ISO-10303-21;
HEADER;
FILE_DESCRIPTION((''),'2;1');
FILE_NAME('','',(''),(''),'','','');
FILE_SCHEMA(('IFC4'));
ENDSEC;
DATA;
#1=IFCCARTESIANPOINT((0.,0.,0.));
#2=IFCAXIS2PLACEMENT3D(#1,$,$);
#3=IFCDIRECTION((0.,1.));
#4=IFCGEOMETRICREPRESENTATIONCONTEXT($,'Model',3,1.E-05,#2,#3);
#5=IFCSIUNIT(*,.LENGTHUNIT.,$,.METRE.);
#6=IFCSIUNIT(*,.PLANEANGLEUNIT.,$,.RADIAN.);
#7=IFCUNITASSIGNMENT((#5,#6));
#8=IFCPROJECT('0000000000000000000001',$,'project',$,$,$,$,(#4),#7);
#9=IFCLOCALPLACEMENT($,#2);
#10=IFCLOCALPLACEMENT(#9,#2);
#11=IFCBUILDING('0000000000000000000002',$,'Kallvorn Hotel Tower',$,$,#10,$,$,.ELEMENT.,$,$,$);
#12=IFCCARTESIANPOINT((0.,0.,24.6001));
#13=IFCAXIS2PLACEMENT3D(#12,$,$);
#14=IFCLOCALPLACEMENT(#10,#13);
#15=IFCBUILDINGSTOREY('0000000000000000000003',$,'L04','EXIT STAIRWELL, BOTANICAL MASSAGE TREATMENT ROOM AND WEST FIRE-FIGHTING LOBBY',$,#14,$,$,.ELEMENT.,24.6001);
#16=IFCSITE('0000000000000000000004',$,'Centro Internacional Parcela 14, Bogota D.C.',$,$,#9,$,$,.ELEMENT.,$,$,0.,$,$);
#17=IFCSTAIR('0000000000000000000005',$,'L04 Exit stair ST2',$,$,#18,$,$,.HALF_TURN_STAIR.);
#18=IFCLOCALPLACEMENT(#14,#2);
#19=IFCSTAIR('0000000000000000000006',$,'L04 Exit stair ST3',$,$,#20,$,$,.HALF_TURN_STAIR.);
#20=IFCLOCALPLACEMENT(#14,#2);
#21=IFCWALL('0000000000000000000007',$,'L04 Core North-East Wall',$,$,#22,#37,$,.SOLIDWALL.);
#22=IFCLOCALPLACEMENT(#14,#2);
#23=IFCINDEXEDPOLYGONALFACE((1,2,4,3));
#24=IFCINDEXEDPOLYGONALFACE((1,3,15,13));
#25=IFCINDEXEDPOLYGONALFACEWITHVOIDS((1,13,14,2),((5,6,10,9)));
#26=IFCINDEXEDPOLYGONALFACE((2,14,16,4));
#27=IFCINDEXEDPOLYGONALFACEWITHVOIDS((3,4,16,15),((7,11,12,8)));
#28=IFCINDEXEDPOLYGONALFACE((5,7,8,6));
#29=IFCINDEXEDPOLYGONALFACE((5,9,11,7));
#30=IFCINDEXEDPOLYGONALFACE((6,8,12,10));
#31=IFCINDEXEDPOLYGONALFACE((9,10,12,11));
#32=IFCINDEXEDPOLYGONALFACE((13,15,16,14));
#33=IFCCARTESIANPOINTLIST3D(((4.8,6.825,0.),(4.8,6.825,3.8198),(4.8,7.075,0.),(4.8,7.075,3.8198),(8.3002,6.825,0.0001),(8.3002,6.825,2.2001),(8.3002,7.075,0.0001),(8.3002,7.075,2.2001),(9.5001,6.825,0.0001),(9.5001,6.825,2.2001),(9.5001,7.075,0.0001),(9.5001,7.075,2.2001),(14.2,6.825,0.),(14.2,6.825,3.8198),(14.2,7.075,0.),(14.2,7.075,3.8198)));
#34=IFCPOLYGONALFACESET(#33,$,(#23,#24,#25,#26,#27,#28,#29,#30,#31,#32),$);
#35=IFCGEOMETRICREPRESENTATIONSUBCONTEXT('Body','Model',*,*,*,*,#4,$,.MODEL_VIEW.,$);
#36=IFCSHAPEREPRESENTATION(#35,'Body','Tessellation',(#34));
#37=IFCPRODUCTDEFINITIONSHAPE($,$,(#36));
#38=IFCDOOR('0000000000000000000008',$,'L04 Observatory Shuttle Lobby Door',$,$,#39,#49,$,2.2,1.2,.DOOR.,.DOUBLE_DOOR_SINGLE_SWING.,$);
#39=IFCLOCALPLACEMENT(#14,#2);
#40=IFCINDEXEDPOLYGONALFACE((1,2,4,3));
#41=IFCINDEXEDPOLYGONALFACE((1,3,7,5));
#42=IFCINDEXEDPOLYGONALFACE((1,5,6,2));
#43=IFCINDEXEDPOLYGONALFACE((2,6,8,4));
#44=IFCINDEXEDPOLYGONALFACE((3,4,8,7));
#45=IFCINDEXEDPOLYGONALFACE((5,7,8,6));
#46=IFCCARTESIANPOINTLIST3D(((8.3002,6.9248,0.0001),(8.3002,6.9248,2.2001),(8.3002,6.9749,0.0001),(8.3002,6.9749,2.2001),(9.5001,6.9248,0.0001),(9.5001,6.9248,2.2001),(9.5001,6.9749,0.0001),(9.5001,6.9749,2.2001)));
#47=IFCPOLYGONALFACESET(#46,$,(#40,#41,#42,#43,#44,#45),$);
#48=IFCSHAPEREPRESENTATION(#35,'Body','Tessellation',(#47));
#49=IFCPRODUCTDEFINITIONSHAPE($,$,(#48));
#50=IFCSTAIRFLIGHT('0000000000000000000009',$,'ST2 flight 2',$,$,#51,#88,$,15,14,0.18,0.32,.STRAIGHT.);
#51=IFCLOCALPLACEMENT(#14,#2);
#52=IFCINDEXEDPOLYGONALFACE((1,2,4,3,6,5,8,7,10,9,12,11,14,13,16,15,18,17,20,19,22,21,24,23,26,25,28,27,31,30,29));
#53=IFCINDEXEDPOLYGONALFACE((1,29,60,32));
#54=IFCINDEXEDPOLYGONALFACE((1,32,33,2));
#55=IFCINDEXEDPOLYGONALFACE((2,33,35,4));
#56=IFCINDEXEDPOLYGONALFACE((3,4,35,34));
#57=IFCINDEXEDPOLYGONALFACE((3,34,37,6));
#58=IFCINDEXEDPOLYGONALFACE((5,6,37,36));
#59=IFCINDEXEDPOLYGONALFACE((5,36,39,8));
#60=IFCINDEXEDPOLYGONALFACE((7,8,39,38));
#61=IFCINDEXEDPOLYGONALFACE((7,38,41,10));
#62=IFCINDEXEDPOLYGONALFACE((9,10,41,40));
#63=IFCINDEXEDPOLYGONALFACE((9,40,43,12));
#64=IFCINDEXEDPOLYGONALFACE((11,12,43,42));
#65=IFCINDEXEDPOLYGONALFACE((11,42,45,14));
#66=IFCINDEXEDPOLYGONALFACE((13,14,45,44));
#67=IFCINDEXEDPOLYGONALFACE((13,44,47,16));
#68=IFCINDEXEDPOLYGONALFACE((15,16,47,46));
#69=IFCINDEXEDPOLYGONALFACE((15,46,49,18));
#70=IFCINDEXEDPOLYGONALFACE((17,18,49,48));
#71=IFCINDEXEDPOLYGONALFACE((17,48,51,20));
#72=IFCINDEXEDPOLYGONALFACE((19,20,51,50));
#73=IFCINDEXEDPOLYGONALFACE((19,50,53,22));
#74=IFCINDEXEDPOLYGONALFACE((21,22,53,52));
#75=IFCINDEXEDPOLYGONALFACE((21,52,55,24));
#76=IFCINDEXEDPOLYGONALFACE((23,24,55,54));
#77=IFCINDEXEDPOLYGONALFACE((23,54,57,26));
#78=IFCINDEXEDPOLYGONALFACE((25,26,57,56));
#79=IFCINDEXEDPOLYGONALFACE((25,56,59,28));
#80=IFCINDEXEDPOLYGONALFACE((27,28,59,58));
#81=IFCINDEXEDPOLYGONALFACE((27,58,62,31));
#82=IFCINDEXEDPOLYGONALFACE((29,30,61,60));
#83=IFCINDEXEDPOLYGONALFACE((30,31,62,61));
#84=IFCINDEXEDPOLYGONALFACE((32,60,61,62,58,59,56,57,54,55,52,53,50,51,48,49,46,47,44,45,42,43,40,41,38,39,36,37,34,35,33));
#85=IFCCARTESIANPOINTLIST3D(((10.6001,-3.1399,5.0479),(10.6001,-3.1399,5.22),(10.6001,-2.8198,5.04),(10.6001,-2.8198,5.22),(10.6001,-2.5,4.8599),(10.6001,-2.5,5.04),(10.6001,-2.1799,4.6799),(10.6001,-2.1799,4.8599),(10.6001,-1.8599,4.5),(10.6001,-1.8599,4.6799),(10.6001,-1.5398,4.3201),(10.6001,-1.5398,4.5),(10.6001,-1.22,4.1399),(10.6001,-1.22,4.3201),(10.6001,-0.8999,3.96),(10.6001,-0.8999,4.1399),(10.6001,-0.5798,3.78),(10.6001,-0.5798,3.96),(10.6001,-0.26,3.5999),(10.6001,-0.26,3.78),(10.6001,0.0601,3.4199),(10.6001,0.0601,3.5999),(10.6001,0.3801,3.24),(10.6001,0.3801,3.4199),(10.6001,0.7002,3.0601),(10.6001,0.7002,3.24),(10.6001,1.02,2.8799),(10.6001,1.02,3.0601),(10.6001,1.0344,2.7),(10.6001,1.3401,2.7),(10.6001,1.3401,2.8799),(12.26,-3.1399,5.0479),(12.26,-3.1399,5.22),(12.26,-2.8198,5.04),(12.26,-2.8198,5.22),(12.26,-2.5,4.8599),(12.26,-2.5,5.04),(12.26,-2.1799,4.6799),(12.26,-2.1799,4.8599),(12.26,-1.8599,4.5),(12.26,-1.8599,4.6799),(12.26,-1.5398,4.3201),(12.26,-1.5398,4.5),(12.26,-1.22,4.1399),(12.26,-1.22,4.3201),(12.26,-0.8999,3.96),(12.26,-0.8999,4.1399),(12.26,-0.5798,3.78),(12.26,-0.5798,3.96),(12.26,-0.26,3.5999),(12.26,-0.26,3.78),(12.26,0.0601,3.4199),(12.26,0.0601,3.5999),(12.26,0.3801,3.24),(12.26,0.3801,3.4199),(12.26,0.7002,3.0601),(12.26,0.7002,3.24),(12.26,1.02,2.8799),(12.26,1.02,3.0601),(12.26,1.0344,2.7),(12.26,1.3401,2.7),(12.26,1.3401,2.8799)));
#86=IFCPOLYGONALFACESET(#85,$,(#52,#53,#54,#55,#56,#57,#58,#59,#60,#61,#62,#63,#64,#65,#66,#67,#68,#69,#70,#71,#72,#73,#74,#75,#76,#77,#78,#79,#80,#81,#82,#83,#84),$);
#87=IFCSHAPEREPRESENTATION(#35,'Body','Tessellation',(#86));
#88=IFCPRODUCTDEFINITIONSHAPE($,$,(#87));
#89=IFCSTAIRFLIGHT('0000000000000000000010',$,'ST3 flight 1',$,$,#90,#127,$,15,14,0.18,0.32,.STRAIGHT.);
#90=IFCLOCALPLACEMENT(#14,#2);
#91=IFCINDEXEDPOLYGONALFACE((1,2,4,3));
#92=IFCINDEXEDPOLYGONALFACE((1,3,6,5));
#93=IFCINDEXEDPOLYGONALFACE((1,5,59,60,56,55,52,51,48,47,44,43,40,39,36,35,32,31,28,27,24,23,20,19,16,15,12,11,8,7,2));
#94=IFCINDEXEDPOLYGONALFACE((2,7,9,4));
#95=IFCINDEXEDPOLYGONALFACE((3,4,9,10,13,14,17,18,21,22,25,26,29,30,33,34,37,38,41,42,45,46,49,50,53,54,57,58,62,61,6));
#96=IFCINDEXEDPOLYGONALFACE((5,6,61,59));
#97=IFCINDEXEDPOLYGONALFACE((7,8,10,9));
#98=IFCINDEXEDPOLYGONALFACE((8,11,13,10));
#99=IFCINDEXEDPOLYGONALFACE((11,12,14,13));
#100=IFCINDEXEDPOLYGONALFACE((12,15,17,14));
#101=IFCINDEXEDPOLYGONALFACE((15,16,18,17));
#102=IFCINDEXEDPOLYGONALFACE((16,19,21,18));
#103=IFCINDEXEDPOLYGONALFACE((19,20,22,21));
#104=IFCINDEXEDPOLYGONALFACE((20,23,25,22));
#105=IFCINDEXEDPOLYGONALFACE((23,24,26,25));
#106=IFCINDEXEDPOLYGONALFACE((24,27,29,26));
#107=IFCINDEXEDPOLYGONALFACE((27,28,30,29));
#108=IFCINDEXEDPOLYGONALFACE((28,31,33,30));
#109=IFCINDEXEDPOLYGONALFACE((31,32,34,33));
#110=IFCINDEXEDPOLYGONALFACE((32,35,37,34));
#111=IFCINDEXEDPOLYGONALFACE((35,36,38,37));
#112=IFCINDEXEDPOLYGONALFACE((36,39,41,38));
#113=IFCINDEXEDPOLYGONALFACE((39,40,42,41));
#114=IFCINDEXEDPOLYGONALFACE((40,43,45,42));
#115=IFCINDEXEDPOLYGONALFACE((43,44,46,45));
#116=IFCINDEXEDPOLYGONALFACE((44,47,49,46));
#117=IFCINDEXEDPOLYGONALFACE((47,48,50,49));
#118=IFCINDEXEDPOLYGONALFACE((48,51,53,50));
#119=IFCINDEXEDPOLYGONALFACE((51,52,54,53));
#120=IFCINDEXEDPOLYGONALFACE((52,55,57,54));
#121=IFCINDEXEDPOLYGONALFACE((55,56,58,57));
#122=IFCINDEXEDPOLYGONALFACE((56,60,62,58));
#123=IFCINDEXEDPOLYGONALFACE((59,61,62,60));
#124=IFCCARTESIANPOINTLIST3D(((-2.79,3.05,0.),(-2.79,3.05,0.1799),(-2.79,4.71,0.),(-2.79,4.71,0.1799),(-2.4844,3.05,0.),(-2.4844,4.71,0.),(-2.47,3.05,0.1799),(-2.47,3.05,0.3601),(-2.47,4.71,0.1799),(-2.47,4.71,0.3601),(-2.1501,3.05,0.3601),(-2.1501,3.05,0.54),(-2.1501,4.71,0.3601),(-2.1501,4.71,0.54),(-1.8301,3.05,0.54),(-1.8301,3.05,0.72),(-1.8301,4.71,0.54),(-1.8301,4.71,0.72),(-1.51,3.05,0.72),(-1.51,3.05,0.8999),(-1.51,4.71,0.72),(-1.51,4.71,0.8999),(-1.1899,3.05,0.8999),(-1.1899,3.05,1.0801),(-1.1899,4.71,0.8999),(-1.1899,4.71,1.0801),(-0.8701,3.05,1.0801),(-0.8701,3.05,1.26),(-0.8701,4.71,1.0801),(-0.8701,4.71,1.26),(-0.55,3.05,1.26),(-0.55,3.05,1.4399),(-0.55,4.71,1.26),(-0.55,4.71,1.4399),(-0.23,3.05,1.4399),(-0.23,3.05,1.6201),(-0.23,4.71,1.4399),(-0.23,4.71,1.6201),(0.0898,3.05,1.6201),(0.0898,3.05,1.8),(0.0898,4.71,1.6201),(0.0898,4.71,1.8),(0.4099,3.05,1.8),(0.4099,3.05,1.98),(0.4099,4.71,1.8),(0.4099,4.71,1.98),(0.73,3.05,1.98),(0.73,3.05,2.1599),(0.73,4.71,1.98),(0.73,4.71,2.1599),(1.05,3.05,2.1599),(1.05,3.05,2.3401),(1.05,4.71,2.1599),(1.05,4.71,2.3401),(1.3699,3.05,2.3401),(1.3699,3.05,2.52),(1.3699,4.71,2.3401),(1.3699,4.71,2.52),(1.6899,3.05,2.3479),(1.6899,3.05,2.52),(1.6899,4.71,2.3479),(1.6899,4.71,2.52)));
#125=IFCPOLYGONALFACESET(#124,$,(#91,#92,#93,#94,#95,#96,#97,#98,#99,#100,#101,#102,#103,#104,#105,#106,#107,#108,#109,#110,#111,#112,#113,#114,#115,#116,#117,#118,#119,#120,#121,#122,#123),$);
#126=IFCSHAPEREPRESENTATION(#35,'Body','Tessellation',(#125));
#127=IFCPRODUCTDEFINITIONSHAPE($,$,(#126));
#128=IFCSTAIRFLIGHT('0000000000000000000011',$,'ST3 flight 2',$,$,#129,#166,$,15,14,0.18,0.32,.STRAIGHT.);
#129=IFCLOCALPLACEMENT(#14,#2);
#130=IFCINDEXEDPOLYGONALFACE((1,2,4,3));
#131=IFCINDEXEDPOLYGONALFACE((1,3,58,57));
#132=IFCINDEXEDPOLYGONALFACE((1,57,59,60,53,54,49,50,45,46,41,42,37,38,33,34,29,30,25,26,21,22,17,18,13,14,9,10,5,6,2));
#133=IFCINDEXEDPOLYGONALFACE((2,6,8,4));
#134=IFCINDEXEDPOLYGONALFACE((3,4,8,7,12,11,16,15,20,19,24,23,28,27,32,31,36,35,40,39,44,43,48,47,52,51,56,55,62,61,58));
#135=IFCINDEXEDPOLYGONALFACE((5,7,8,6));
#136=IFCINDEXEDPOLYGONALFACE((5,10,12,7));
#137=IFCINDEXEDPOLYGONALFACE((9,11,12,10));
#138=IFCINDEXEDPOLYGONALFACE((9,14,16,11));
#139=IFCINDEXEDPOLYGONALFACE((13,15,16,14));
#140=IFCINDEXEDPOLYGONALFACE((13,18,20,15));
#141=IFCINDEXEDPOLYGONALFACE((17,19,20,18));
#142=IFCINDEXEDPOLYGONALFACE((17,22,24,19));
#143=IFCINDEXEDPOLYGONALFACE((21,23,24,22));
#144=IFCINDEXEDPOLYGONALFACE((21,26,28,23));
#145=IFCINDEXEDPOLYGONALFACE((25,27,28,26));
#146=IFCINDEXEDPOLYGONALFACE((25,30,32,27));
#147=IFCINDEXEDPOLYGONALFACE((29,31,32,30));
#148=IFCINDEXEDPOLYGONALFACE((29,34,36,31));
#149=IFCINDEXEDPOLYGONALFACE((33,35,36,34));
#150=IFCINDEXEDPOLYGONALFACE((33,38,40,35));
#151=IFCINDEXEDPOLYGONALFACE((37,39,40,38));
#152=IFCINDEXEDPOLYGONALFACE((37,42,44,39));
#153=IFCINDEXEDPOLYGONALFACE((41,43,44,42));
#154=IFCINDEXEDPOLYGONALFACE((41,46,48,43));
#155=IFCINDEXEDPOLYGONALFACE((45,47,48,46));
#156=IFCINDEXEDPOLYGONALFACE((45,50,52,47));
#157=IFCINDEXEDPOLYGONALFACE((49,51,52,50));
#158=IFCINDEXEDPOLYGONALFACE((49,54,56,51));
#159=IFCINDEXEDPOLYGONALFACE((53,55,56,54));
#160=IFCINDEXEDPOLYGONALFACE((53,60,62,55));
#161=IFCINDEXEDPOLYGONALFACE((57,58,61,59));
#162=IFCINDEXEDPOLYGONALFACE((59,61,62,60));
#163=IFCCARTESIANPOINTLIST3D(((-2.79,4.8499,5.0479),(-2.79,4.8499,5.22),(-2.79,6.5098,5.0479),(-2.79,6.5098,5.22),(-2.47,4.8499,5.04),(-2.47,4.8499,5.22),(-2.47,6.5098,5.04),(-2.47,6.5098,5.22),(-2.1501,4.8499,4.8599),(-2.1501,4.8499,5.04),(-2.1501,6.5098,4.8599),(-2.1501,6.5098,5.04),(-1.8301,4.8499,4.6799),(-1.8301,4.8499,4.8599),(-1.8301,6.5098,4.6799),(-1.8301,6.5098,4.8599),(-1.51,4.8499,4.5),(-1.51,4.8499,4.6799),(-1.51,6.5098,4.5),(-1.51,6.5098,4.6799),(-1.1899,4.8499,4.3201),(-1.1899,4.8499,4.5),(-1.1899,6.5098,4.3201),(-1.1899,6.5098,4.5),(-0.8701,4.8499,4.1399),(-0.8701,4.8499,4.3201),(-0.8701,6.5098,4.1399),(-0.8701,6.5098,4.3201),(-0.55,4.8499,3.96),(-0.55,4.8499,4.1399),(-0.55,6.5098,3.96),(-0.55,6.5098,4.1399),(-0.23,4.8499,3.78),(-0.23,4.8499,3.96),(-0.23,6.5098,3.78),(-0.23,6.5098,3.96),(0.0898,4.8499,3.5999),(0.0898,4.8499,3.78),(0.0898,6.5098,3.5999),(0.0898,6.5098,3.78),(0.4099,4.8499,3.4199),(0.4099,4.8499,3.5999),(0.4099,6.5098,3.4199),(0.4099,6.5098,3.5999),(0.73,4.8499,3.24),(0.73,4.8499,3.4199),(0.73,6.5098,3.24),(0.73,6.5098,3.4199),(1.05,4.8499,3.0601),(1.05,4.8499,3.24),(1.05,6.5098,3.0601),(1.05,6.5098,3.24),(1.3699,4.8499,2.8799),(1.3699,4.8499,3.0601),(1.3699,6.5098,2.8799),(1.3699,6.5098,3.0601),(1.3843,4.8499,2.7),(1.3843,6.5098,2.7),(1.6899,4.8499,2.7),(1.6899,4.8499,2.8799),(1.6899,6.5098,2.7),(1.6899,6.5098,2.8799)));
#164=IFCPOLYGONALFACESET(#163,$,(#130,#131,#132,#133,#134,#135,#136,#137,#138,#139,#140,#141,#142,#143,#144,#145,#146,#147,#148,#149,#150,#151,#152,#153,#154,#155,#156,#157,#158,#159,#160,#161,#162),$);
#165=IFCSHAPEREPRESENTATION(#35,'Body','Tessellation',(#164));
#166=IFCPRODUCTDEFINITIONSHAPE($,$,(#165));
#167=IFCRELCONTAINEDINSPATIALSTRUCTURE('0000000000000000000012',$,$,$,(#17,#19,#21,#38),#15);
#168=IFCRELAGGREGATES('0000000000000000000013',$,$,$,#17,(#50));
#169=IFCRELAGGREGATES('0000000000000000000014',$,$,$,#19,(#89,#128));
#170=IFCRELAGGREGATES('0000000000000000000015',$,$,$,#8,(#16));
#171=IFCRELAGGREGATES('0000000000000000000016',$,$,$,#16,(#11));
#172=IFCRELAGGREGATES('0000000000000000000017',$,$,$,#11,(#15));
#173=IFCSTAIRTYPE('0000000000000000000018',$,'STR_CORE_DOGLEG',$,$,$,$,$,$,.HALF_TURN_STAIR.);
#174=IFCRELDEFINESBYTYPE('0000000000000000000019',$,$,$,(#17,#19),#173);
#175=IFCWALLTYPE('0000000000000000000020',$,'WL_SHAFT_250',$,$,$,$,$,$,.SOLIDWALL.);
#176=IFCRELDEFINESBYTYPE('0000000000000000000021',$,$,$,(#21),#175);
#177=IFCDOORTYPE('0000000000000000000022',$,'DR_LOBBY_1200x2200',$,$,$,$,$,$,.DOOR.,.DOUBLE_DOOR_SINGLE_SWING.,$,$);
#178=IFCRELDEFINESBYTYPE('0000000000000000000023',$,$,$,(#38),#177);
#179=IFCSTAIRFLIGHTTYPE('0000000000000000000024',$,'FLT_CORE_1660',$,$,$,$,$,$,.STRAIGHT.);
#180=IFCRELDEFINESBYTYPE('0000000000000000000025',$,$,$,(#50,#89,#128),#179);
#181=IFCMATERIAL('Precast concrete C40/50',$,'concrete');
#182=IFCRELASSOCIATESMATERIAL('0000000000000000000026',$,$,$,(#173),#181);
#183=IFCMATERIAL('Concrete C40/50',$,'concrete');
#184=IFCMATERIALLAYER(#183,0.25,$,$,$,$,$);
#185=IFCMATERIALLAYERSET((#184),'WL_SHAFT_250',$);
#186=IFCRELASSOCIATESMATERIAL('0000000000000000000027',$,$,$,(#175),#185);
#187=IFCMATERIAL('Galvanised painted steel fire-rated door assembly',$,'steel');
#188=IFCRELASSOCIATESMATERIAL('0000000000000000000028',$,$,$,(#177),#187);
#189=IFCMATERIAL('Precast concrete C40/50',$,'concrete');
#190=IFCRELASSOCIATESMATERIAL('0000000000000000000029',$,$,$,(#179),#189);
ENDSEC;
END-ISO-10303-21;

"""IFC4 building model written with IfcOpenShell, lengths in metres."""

from ifc_helpers import new_model, si_unit, direction, frame, frame_2d, origin, place, context, subcontext, project, spatial, polyline, rectangle, outline, extrude, material, layer, layer_set, type_object, element, fill, aggregate, save


model = new_model("IFC4")

# Units and contexts
model_context = context("Model", 3, precision=1e-05, world=origin(), true_north=direction((0.0, 1.0)))
body_context = subcontext(model_context, "Body", "Model", "MODEL_VIEW")
ifc_project = project(units=[si_unit("LENGTHUNIT", "METRE"), si_unit("PLANEANGLEUNIT", "RADIAN")], contexts=[model_context])

# Site, building, storey
site_placement = place(None, origin())
site = spatial("IfcSite", under=ifc_project, at=site_placement, Name="Centro Internacional Parcela 14, Bogota D.C.", CompositionType="ELEMENT", RefElevation=0.0)
building_placement = place(site_placement, origin())
building = spatial("IfcBuilding", under=site, at=building_placement, Name="Kallvorn Hotel Tower", CompositionType="ELEMENT")
storey_placement = place(building_placement, frame((0.0, 0.0, 24.6001)))
storey = spatial("IfcBuildingStorey", under=building, at=storey_placement, Name="L04", Description="EXIT STAIRWELL, BOTANICAL MASSAGE TREATMENT ROOM AND WEST FIRE-FIGHTING LOBBY", CompositionType="ELEMENT", Elevation=24.6001)

# Stairs
ifc_material_1 = material(Name="Precast concrete C40/50", Category="concrete")
stair_type = type_object("IfcStairType", Name="STR_CORE_DOGLEG", PredefinedType="HALF_TURN_STAIR", material=ifc_material_1)
stair_1_placement = place(storey_placement, origin())
stair_1 = element("IfcStair", 1, at=stair_1_placement, inside=storey, type_object=stair_type, Name="L04 Exit stair ST2", PredefinedType="HALF_TURN_STAIR")
stair_2_placement = place(storey_placement, origin())
stair_2 = element("IfcStair", 2, at=stair_2_placement, inside=storey, type_object=stair_type, Name="L04 Exit stair ST3", PredefinedType="HALF_TURN_STAIR")

# Wall, opening, door
ifc_material_2 = material(Name="Concrete C40/50", Category="concrete")
ifc_layer_1 = layer(ifc_material_2, 0.25)
ifc_layer_set_1 = layer_set([ifc_layer_1], Name="WL_SHAFT_250")
wall_type_1 = type_object("IfcWallType", Name="WL_SHAFT_250", PredefinedType="SOLIDWALL", material=ifc_layer_set_1)
wall_1_placement = place(storey_placement, frame((4.8, 6.95, 0.0), z_axis=(0.0, 0.0, 1.0), x_axis=(1.0, 0.0, 0.0)))
wall_1 = element("IfcWall", 3, at=wall_1_placement, inside=storey, type_object=wall_type_1, Name="L04 Core North-East Wall", PredefinedType="SOLIDWALL", context=body_context, shape_type="SweptSolid", body=[
    extrude(rectangle(XDim=9.3999, YDim=0.25, at=frame_2d((4.7, 0.0))), origin(), (0.0, 0.0, 1.0), 3.8198),
])
opening_placement = place(wall_1_placement, frame((3.5, 0.0, 0.0)))
opening = element("IfcOpeningElement", 4, at=opening_placement, cuts=wall_1, PredefinedType="OPENING", context=body_context, shape_type="SweptSolid", body=[
    extrude(rectangle(XDim=1.2, YDim=2.2, at=frame_2d((0.6001, 1.1001))), frame((0.0, 0.1399, 0.0), z_axis=(0.0, -1.0, 0.0), x_axis=(1.0, 0.0, 0.0)), (0.0, 0.0, 1.0), 0.28),
])
ifc_material_3 = material(Name="Galvanised painted steel fire-rated door assembly", Category="steel")
door_type = type_object("IfcDoorType", Name="DR_LOBBY_1200x2200", OperationType="DOUBLE_DOOR_SINGLE_SWING", PredefinedType="DOOR", material=ifc_material_3)
door_placement = place(opening_placement, origin())
door = element("IfcDoor", 5, at=door_placement, inside=storey, type_object=door_type, Name="L04 Observatory Shuttle Lobby Door", OperationType="DOUBLE_DOOR_SINGLE_SWING", OverallHeight=2.2, OverallWidth=1.2, PredefinedType="DOOR", context=body_context, shape_type="SweptSolid", body=[
    extrude(rectangle(XDim=1.2, YDim=2.2, at=frame_2d((0.6001, 1.1001))), frame((0.0, 0.0249, 0.0), z_axis=(0.0, -1.0, 0.0), x_axis=(1.0, 0.0, 0.0)), (0.0, 0.0, 1.0), 0.05),
])
fill(opening, door)

# Stair flights
ifc_material_4 = material(Name="Precast concrete C40/50", Category="concrete")
stair_flight_type = type_object("IfcStairFlightType", Name="FLT_CORE_1660", PredefinedType="STRAIGHT", material=ifc_material_4)
stair_flight_1_placement = place(storey_placement, frame((11.4299, 1.3401, 2.7), z_axis=(0.0, 0.0, 1.0), x_axis=(0.0, -1.0, 0.0)))
stair_flight_1 = element("IfcStairFlight", 6, at=stair_flight_1_placement, type_object=stair_flight_type, Name="ST2 flight 2", NumberOfRisers=15, NumberOfTreads=14, PredefinedType="STRAIGHT", RiserHeight=0.18, TreadLength=0.32, context=body_context, shape_type="SweptSolid", body=[
    extrude(outline(polyline([(0.0, 0.0), (0.0, 0.1799), (0.3201, 0.1799), (0.3201, 0.3601), (0.6399, 0.3601), (0.6399, 0.54), (0.96, 0.54), (0.96, 0.72), (1.28, 0.72), (1.28, 0.8999), (1.6001, 0.8999), (1.6001, 1.0801), (1.9199, 1.0801), (1.9199, 1.26), (2.24, 1.26), (2.24, 1.4399), (2.5601, 1.4399), (2.5601, 1.6201), (2.8799, 1.6201), (2.8799, 1.8), (3.2, 1.8), (3.2, 1.98), (3.52, 1.98), (3.52, 2.1599), (3.8401, 2.1599), (3.8401, 2.3401), (4.1599, 2.3401), (4.1599, 2.52), (4.48, 2.52), (4.48, 2.7), (4.48, 2.3479), (0.3057, 0.0), (0.0, 0.0)])), frame((0.0, 0.8301, 0.0), z_axis=(0.0, -1.0, 0.0), x_axis=(1.0, 0.0, 0.0)), (0.0, 0.0, 1.0), 1.6599),
])
aggregate(stair_1, [stair_flight_1])
stair_flight_2_placement = place(storey_placement, frame((-2.79, 3.8799, 0.0), z_axis=(0.0, 0.0, 1.0), x_axis=(1.0, 0.0, 0.0)))
stair_flight_2 = element("IfcStairFlight", 7, at=stair_flight_2_placement, type_object=stair_flight_type, Name="ST3 flight 1", NumberOfRisers=15, NumberOfTreads=14, PredefinedType="STRAIGHT", RiserHeight=0.18, TreadLength=0.32, context=body_context, shape_type="SweptSolid", body=[
    extrude(outline(polyline([(0.0, 0.0), (0.0, 0.1799), (0.3201, 0.1799), (0.3201, 0.3601), (0.6399, 0.3601), (0.6399, 0.54), (0.96, 0.54), (0.96, 0.72), (1.28, 0.72), (1.28, 0.8999), (1.6001, 0.8999), (1.6001, 1.0801), (1.9199, 1.0801), (1.9199, 1.26), (2.24, 1.26), (2.24, 1.4399), (2.5601, 1.4399), (2.5601, 1.6201), (2.8799, 1.6201), (2.8799, 1.8), (3.2, 1.8), (3.2, 1.98), (3.52, 1.98), (3.52, 2.1599), (3.8401, 2.1599), (3.8401, 2.3401), (4.1599, 2.3401), (4.1599, 2.52), (4.48, 2.52), (4.48, 2.7), (4.48, 2.3479), (0.3057, 0.0), (0.0, 0.0)])), frame((0.0, 0.8301, 0.0), z_axis=(0.0, -1.0, 0.0), x_axis=(1.0, 0.0, 0.0)), (0.0, 0.0, 1.0), 1.6599),
])
stair_flight_3_placement = place(storey_placement, frame((1.6899, 5.6799, 2.7), z_axis=(0.0, 0.0, 1.0), x_axis=(-1.0, 0.0, 0.0)))
stair_flight_3 = element("IfcStairFlight", 8, at=stair_flight_3_placement, type_object=stair_flight_type, Name="ST3 flight 2", NumberOfRisers=15, NumberOfTreads=14, PredefinedType="STRAIGHT", RiserHeight=0.18, TreadLength=0.32, context=body_context, shape_type="SweptSolid", body=[
    extrude(outline(polyline([(0.0, 0.0), (0.0, 0.1799), (0.3201, 0.1799), (0.3201, 0.3601), (0.6399, 0.3601), (0.6399, 0.54), (0.96, 0.54), (0.96, 0.72), (1.28, 0.72), (1.28, 0.8999), (1.6001, 0.8999), (1.6001, 1.0801), (1.9199, 1.0801), (1.9199, 1.26), (2.24, 1.26), (2.24, 1.4399), (2.5601, 1.4399), (2.5601, 1.6201), (2.8799, 1.6201), (2.8799, 1.8), (3.2, 1.8), (3.2, 1.98), (3.52, 1.98), (3.52, 2.1599), (3.8401, 2.1599), (3.8401, 2.3401), (4.1599, 2.3401), (4.1599, 2.52), (4.48, 2.52), (4.48, 2.7), (4.48, 2.3479), (0.3057, 0.0), (0.0, 0.0)])), frame((0.0, 0.8301, 0.0), z_axis=(0.0, -1.0, 0.0), x_axis=(1.0, 0.0, 0.0)), (0.0, 0.0, 1.0), 1.6599),
])
aggregate(stair_2, [stair_flight_2, stair_flight_3])

save(model, "model.ifc")
